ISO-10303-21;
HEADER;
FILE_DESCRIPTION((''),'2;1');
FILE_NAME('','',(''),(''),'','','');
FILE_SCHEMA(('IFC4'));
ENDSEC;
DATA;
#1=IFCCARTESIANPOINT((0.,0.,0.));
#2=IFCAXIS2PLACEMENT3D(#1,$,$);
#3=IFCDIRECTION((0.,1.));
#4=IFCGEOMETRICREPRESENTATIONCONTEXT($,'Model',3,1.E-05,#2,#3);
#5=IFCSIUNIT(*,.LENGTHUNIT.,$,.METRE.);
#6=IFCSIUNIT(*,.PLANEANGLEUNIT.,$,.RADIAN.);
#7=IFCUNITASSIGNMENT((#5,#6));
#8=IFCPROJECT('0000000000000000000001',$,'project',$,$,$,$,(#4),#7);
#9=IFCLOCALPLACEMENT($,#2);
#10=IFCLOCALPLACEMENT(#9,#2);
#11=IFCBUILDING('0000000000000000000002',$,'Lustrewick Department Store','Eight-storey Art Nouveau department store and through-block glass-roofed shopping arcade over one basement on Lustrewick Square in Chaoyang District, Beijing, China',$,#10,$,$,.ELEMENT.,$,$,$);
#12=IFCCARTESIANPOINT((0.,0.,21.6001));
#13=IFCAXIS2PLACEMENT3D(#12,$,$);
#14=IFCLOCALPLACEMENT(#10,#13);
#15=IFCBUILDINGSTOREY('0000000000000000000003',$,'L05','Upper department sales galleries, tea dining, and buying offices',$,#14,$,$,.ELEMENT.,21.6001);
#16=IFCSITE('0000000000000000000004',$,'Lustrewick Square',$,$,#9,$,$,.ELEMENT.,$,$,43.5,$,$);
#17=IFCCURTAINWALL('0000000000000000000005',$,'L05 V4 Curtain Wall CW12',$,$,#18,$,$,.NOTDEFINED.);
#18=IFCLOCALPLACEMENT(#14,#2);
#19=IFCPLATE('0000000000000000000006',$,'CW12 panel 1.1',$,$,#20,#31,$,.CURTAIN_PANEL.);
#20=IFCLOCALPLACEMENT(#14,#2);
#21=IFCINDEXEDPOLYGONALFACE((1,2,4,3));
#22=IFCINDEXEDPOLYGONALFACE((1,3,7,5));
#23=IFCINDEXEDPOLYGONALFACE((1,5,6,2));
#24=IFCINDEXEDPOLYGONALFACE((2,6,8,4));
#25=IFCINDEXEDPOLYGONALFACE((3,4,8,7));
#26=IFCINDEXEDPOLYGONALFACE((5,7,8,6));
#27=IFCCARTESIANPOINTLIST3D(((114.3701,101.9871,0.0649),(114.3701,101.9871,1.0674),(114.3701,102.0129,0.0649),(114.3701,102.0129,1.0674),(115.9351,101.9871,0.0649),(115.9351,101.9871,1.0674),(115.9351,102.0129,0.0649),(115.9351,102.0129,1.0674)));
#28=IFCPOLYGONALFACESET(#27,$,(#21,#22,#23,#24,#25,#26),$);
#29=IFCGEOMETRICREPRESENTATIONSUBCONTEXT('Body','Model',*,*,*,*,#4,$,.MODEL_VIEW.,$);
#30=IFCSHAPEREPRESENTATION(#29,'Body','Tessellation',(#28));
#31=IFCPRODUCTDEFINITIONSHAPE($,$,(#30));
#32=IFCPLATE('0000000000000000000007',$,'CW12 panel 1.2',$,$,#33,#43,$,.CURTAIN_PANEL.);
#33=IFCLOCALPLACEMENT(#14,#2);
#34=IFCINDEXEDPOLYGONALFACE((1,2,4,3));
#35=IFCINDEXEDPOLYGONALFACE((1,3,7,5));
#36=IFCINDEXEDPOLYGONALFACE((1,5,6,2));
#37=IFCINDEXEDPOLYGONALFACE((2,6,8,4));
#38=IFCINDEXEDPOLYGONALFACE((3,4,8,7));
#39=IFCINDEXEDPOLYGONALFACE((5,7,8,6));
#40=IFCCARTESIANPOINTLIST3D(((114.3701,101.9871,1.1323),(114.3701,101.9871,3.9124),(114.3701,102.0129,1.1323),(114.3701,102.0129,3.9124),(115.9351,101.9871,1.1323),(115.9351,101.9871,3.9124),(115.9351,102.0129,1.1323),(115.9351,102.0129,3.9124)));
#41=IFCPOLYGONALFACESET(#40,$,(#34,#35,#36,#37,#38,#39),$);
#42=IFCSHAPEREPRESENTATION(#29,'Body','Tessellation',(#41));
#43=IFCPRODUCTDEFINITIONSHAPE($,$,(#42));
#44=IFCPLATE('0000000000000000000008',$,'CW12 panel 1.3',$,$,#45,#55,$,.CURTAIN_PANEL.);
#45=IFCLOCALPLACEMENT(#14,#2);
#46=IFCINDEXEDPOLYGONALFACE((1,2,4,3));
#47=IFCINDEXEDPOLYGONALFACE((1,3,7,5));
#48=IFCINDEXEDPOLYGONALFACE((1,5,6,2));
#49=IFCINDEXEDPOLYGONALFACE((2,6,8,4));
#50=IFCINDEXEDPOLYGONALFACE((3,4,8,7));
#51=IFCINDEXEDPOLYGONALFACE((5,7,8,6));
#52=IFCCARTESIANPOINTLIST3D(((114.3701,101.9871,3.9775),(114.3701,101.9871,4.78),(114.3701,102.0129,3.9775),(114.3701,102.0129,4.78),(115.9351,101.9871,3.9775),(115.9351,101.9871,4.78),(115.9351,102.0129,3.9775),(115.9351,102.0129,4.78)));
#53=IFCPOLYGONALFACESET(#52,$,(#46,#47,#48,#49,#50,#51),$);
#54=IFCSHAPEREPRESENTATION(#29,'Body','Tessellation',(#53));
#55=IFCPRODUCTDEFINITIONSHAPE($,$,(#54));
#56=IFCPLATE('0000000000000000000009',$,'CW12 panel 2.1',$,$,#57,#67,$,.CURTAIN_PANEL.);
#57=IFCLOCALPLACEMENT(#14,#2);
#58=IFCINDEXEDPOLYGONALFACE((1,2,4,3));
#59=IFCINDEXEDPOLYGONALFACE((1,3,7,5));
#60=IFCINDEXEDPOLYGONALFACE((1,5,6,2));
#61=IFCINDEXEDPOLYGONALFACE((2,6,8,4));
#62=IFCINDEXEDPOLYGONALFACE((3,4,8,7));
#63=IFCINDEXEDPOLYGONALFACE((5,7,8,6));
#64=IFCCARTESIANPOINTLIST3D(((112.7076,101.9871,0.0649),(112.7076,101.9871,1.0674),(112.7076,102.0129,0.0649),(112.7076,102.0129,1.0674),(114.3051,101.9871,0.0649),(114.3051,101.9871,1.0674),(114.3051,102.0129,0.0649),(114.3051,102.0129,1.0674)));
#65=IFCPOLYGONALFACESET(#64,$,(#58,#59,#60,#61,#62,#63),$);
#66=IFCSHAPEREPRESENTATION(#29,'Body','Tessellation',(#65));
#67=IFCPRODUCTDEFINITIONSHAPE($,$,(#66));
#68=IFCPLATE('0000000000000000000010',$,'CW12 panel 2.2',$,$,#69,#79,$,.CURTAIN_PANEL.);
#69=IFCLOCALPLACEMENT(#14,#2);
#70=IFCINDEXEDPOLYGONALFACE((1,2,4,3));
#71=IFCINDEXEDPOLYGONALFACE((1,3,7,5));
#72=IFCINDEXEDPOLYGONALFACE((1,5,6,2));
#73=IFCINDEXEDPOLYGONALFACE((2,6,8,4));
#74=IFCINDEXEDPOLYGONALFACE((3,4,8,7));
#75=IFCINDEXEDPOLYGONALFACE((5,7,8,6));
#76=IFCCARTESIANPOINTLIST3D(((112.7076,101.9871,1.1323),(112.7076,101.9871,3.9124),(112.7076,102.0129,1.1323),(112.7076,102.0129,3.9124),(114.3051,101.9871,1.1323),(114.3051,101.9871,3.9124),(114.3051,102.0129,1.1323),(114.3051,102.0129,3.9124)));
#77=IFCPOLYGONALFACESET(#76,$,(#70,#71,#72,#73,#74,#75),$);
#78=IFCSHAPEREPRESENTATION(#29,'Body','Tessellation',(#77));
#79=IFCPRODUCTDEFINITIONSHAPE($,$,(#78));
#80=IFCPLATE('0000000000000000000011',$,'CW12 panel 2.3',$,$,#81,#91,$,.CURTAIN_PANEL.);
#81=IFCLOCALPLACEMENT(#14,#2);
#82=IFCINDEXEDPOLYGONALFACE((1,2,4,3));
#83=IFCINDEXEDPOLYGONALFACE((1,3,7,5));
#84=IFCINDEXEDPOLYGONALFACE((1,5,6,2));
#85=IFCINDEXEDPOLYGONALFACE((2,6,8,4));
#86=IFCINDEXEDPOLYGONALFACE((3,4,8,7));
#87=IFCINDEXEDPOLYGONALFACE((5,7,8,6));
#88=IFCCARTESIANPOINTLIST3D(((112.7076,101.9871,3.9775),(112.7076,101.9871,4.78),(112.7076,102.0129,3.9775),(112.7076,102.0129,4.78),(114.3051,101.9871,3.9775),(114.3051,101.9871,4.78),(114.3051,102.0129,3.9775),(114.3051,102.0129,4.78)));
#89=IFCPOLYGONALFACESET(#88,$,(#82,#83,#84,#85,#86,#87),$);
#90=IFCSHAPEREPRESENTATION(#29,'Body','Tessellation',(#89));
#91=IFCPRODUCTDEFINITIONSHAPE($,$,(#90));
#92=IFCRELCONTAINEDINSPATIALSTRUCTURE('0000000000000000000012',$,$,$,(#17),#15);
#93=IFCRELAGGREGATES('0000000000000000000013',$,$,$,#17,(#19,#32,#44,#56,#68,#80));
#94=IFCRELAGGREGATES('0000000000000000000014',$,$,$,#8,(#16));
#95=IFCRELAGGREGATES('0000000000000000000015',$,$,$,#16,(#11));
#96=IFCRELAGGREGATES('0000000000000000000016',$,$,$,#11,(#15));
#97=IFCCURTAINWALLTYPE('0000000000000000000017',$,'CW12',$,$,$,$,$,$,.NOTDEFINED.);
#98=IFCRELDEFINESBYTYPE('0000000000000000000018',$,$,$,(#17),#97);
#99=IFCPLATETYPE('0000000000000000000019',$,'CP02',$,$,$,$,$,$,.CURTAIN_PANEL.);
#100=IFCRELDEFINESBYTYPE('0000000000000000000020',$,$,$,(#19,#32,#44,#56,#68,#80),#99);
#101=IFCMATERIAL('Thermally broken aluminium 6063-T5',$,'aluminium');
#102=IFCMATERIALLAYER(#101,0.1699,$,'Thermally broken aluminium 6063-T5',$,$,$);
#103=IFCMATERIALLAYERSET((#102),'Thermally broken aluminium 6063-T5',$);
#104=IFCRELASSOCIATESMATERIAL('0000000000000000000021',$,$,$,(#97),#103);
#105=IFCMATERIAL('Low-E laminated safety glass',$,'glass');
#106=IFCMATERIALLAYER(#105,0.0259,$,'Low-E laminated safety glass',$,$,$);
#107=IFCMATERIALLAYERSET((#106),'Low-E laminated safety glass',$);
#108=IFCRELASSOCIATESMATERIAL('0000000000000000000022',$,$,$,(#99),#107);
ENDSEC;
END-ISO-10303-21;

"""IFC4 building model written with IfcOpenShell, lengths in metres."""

from ifc_helpers import new_model, si_unit, direction, frame, origin, origin_2d, place, context, subcontext, project, spatial, rectangle, extrude, material, layer, layer_set, type_object, element, aggregate, save


model = new_model("IFC4")

# Units and contexts
model_context = context("Model", 3, precision=1e-05, world=origin(), true_north=direction((0.0, 1.0)))
body_context = subcontext(model_context, "Body", "Model", "MODEL_VIEW")
ifc_project = project(units=[si_unit("LENGTHUNIT", "METRE"), si_unit("PLANEANGLEUNIT", "RADIAN")], contexts=[model_context])

# Site, building, storey
site_placement = place(None, origin())
site = spatial("IfcSite", under=ifc_project, at=site_placement, Name="Lustrewick Square", CompositionType="ELEMENT", RefElevation=43.5)
building_placement = place(site_placement, origin())
building = spatial("IfcBuilding", under=site, at=building_placement, Name="Lustrewick Department Store", Description="Eight-storey Art Nouveau department store and through-block glass-roofed shopping arcade over one basement on Lustrewick Square in Chaoyang District, Beijing, China", CompositionType="ELEMENT")
storey_placement = place(building_placement, frame((0.0, 0.0, 21.6001)))
storey = spatial("IfcBuildingStorey", under=building, at=storey_placement, Name="L05", Description="Upper department sales galleries, tea dining, and buying offices", CompositionType="ELEMENT", Elevation=21.6001)

# Curtain wall
ifc_material_1 = material(Name="Thermally broken aluminium 6063-T5", Category="aluminium")
ifc_layer_1 = layer(ifc_material_1, 0.1699, Name="Thermally broken aluminium 6063-T5")
ifc_layer_set_1 = layer_set([ifc_layer_1], Name="Thermally broken aluminium 6063-T5")
curtain_wall_type = type_object("IfcCurtainWallType", Name="CW12", PredefinedType="NOTDEFINED", material=ifc_layer_set_1)
curtain_wall_placement = place(storey_placement, origin())
curtain_wall = element("IfcCurtainWall", 1, at=curtain_wall_placement, inside=storey, type_object=curtain_wall_type, Name="L05 V4 Curtain Wall CW12", PredefinedType="NOTDEFINED")

# Plates
ifc_material_2 = material(Name="Low-E laminated safety glass", Category="glass")
ifc_layer_2 = layer(ifc_material_2, 0.0259, Name="Low-E laminated safety glass")
ifc_layer_set_2 = layer_set([ifc_layer_2], Name="Low-E laminated safety glass")
plate_type = type_object("IfcPlateType", Name="CP02", PredefinedType="CURTAIN_PANEL", material=ifc_layer_set_2)
plate_1_placement = place(storey_placement, frame((115.1526, 102.0, 0.0649), z_axis=(0.0, 0.0, 1.0), x_axis=(-1.0, 0.0, 0.0)))
plate_1 = element("IfcPlate", 2, at=plate_1_placement, type_object=plate_type, Name="CW12 panel 1.1", PredefinedType="CURTAIN_PANEL", context=body_context, shape_type="SweptSolid", body=[
    extrude(rectangle(XDim=1.5649, YDim=0.0259, at=origin_2d()), origin(), (0.0, 0.0, 1.0), 1.0024),
])
plate_2_placement = place(storey_placement, frame((115.1526, 102.0, 1.1323), z_axis=(0.0, 0.0, 1.0), x_axis=(-1.0, 0.0, 0.0)))
plate_2 = element("IfcPlate", 3, at=plate_2_placement, type_object=plate_type, Name="CW12 panel 1.2", PredefinedType="CURTAIN_PANEL", context=body_context, shape_type="SweptSolid", body=[
    extrude(rectangle(XDim=1.5649, YDim=0.0259, at=origin_2d()), origin(), (0.0, 0.0, 1.0), 2.78),
])
plate_3_placement = place(storey_placement, frame((115.1526, 102.0, 3.9775), z_axis=(0.0, 0.0, 1.0), x_axis=(-1.0, 0.0, 0.0)))
plate_3 = element("IfcPlate", 4, at=plate_3_placement, type_object=plate_type, Name="CW12 panel 1.3", PredefinedType="CURTAIN_PANEL", context=body_context, shape_type="SweptSolid", body=[
    extrude(rectangle(XDim=1.5649, YDim=0.0259, at=origin_2d()), origin(), (0.0, 0.0, 1.0), 0.8025),
])
plate_4_placement = place(storey_placement, frame((113.5063, 102.0, 0.0649), z_axis=(0.0, 0.0, 1.0), x_axis=(-1.0, 0.0, 0.0)))
plate_4 = element("IfcPlate", 5, at=plate_4_placement, type_object=plate_type, Name="CW12 panel 2.1", PredefinedType="CURTAIN_PANEL", context=body_context, shape_type="SweptSolid", body=[
    extrude(rectangle(XDim=1.5974, YDim=0.0259, at=origin_2d()), origin(), (0.0, 0.0, 1.0), 1.0024),
])
plate_5_placement = place(storey_placement, frame((113.5063, 102.0, 1.1323), z_axis=(0.0, 0.0, 1.0), x_axis=(-1.0, 0.0, 0.0)))
plate_5 = element("IfcPlate", 6, at=plate_5_placement, type_object=plate_type, Name="CW12 panel 2.2", PredefinedType="CURTAIN_PANEL", context=body_context, shape_type="SweptSolid", body=[
    extrude(rectangle(XDim=1.5974, YDim=0.0259, at=origin_2d()), origin(), (0.0, 0.0, 1.0), 2.78),
])
plate_6_placement = place(storey_placement, frame((113.5063, 102.0, 3.9775), z_axis=(0.0, 0.0, 1.0), x_axis=(-1.0, 0.0, 0.0)))
plate_6 = element("IfcPlate", 7, at=plate_6_placement, type_object=plate_type, Name="CW12 panel 2.3", PredefinedType="CURTAIN_PANEL", context=body_context, shape_type="SweptSolid", body=[
    extrude(rectangle(XDim=1.5974, YDim=0.0259, at=origin_2d()), origin(), (0.0, 0.0, 1.0), 0.8025),
])
aggregate(curtain_wall, [plate_1, plate_2, plate_3, plate_4, plate_5, plate_6])

save(model, "model.ifc")
